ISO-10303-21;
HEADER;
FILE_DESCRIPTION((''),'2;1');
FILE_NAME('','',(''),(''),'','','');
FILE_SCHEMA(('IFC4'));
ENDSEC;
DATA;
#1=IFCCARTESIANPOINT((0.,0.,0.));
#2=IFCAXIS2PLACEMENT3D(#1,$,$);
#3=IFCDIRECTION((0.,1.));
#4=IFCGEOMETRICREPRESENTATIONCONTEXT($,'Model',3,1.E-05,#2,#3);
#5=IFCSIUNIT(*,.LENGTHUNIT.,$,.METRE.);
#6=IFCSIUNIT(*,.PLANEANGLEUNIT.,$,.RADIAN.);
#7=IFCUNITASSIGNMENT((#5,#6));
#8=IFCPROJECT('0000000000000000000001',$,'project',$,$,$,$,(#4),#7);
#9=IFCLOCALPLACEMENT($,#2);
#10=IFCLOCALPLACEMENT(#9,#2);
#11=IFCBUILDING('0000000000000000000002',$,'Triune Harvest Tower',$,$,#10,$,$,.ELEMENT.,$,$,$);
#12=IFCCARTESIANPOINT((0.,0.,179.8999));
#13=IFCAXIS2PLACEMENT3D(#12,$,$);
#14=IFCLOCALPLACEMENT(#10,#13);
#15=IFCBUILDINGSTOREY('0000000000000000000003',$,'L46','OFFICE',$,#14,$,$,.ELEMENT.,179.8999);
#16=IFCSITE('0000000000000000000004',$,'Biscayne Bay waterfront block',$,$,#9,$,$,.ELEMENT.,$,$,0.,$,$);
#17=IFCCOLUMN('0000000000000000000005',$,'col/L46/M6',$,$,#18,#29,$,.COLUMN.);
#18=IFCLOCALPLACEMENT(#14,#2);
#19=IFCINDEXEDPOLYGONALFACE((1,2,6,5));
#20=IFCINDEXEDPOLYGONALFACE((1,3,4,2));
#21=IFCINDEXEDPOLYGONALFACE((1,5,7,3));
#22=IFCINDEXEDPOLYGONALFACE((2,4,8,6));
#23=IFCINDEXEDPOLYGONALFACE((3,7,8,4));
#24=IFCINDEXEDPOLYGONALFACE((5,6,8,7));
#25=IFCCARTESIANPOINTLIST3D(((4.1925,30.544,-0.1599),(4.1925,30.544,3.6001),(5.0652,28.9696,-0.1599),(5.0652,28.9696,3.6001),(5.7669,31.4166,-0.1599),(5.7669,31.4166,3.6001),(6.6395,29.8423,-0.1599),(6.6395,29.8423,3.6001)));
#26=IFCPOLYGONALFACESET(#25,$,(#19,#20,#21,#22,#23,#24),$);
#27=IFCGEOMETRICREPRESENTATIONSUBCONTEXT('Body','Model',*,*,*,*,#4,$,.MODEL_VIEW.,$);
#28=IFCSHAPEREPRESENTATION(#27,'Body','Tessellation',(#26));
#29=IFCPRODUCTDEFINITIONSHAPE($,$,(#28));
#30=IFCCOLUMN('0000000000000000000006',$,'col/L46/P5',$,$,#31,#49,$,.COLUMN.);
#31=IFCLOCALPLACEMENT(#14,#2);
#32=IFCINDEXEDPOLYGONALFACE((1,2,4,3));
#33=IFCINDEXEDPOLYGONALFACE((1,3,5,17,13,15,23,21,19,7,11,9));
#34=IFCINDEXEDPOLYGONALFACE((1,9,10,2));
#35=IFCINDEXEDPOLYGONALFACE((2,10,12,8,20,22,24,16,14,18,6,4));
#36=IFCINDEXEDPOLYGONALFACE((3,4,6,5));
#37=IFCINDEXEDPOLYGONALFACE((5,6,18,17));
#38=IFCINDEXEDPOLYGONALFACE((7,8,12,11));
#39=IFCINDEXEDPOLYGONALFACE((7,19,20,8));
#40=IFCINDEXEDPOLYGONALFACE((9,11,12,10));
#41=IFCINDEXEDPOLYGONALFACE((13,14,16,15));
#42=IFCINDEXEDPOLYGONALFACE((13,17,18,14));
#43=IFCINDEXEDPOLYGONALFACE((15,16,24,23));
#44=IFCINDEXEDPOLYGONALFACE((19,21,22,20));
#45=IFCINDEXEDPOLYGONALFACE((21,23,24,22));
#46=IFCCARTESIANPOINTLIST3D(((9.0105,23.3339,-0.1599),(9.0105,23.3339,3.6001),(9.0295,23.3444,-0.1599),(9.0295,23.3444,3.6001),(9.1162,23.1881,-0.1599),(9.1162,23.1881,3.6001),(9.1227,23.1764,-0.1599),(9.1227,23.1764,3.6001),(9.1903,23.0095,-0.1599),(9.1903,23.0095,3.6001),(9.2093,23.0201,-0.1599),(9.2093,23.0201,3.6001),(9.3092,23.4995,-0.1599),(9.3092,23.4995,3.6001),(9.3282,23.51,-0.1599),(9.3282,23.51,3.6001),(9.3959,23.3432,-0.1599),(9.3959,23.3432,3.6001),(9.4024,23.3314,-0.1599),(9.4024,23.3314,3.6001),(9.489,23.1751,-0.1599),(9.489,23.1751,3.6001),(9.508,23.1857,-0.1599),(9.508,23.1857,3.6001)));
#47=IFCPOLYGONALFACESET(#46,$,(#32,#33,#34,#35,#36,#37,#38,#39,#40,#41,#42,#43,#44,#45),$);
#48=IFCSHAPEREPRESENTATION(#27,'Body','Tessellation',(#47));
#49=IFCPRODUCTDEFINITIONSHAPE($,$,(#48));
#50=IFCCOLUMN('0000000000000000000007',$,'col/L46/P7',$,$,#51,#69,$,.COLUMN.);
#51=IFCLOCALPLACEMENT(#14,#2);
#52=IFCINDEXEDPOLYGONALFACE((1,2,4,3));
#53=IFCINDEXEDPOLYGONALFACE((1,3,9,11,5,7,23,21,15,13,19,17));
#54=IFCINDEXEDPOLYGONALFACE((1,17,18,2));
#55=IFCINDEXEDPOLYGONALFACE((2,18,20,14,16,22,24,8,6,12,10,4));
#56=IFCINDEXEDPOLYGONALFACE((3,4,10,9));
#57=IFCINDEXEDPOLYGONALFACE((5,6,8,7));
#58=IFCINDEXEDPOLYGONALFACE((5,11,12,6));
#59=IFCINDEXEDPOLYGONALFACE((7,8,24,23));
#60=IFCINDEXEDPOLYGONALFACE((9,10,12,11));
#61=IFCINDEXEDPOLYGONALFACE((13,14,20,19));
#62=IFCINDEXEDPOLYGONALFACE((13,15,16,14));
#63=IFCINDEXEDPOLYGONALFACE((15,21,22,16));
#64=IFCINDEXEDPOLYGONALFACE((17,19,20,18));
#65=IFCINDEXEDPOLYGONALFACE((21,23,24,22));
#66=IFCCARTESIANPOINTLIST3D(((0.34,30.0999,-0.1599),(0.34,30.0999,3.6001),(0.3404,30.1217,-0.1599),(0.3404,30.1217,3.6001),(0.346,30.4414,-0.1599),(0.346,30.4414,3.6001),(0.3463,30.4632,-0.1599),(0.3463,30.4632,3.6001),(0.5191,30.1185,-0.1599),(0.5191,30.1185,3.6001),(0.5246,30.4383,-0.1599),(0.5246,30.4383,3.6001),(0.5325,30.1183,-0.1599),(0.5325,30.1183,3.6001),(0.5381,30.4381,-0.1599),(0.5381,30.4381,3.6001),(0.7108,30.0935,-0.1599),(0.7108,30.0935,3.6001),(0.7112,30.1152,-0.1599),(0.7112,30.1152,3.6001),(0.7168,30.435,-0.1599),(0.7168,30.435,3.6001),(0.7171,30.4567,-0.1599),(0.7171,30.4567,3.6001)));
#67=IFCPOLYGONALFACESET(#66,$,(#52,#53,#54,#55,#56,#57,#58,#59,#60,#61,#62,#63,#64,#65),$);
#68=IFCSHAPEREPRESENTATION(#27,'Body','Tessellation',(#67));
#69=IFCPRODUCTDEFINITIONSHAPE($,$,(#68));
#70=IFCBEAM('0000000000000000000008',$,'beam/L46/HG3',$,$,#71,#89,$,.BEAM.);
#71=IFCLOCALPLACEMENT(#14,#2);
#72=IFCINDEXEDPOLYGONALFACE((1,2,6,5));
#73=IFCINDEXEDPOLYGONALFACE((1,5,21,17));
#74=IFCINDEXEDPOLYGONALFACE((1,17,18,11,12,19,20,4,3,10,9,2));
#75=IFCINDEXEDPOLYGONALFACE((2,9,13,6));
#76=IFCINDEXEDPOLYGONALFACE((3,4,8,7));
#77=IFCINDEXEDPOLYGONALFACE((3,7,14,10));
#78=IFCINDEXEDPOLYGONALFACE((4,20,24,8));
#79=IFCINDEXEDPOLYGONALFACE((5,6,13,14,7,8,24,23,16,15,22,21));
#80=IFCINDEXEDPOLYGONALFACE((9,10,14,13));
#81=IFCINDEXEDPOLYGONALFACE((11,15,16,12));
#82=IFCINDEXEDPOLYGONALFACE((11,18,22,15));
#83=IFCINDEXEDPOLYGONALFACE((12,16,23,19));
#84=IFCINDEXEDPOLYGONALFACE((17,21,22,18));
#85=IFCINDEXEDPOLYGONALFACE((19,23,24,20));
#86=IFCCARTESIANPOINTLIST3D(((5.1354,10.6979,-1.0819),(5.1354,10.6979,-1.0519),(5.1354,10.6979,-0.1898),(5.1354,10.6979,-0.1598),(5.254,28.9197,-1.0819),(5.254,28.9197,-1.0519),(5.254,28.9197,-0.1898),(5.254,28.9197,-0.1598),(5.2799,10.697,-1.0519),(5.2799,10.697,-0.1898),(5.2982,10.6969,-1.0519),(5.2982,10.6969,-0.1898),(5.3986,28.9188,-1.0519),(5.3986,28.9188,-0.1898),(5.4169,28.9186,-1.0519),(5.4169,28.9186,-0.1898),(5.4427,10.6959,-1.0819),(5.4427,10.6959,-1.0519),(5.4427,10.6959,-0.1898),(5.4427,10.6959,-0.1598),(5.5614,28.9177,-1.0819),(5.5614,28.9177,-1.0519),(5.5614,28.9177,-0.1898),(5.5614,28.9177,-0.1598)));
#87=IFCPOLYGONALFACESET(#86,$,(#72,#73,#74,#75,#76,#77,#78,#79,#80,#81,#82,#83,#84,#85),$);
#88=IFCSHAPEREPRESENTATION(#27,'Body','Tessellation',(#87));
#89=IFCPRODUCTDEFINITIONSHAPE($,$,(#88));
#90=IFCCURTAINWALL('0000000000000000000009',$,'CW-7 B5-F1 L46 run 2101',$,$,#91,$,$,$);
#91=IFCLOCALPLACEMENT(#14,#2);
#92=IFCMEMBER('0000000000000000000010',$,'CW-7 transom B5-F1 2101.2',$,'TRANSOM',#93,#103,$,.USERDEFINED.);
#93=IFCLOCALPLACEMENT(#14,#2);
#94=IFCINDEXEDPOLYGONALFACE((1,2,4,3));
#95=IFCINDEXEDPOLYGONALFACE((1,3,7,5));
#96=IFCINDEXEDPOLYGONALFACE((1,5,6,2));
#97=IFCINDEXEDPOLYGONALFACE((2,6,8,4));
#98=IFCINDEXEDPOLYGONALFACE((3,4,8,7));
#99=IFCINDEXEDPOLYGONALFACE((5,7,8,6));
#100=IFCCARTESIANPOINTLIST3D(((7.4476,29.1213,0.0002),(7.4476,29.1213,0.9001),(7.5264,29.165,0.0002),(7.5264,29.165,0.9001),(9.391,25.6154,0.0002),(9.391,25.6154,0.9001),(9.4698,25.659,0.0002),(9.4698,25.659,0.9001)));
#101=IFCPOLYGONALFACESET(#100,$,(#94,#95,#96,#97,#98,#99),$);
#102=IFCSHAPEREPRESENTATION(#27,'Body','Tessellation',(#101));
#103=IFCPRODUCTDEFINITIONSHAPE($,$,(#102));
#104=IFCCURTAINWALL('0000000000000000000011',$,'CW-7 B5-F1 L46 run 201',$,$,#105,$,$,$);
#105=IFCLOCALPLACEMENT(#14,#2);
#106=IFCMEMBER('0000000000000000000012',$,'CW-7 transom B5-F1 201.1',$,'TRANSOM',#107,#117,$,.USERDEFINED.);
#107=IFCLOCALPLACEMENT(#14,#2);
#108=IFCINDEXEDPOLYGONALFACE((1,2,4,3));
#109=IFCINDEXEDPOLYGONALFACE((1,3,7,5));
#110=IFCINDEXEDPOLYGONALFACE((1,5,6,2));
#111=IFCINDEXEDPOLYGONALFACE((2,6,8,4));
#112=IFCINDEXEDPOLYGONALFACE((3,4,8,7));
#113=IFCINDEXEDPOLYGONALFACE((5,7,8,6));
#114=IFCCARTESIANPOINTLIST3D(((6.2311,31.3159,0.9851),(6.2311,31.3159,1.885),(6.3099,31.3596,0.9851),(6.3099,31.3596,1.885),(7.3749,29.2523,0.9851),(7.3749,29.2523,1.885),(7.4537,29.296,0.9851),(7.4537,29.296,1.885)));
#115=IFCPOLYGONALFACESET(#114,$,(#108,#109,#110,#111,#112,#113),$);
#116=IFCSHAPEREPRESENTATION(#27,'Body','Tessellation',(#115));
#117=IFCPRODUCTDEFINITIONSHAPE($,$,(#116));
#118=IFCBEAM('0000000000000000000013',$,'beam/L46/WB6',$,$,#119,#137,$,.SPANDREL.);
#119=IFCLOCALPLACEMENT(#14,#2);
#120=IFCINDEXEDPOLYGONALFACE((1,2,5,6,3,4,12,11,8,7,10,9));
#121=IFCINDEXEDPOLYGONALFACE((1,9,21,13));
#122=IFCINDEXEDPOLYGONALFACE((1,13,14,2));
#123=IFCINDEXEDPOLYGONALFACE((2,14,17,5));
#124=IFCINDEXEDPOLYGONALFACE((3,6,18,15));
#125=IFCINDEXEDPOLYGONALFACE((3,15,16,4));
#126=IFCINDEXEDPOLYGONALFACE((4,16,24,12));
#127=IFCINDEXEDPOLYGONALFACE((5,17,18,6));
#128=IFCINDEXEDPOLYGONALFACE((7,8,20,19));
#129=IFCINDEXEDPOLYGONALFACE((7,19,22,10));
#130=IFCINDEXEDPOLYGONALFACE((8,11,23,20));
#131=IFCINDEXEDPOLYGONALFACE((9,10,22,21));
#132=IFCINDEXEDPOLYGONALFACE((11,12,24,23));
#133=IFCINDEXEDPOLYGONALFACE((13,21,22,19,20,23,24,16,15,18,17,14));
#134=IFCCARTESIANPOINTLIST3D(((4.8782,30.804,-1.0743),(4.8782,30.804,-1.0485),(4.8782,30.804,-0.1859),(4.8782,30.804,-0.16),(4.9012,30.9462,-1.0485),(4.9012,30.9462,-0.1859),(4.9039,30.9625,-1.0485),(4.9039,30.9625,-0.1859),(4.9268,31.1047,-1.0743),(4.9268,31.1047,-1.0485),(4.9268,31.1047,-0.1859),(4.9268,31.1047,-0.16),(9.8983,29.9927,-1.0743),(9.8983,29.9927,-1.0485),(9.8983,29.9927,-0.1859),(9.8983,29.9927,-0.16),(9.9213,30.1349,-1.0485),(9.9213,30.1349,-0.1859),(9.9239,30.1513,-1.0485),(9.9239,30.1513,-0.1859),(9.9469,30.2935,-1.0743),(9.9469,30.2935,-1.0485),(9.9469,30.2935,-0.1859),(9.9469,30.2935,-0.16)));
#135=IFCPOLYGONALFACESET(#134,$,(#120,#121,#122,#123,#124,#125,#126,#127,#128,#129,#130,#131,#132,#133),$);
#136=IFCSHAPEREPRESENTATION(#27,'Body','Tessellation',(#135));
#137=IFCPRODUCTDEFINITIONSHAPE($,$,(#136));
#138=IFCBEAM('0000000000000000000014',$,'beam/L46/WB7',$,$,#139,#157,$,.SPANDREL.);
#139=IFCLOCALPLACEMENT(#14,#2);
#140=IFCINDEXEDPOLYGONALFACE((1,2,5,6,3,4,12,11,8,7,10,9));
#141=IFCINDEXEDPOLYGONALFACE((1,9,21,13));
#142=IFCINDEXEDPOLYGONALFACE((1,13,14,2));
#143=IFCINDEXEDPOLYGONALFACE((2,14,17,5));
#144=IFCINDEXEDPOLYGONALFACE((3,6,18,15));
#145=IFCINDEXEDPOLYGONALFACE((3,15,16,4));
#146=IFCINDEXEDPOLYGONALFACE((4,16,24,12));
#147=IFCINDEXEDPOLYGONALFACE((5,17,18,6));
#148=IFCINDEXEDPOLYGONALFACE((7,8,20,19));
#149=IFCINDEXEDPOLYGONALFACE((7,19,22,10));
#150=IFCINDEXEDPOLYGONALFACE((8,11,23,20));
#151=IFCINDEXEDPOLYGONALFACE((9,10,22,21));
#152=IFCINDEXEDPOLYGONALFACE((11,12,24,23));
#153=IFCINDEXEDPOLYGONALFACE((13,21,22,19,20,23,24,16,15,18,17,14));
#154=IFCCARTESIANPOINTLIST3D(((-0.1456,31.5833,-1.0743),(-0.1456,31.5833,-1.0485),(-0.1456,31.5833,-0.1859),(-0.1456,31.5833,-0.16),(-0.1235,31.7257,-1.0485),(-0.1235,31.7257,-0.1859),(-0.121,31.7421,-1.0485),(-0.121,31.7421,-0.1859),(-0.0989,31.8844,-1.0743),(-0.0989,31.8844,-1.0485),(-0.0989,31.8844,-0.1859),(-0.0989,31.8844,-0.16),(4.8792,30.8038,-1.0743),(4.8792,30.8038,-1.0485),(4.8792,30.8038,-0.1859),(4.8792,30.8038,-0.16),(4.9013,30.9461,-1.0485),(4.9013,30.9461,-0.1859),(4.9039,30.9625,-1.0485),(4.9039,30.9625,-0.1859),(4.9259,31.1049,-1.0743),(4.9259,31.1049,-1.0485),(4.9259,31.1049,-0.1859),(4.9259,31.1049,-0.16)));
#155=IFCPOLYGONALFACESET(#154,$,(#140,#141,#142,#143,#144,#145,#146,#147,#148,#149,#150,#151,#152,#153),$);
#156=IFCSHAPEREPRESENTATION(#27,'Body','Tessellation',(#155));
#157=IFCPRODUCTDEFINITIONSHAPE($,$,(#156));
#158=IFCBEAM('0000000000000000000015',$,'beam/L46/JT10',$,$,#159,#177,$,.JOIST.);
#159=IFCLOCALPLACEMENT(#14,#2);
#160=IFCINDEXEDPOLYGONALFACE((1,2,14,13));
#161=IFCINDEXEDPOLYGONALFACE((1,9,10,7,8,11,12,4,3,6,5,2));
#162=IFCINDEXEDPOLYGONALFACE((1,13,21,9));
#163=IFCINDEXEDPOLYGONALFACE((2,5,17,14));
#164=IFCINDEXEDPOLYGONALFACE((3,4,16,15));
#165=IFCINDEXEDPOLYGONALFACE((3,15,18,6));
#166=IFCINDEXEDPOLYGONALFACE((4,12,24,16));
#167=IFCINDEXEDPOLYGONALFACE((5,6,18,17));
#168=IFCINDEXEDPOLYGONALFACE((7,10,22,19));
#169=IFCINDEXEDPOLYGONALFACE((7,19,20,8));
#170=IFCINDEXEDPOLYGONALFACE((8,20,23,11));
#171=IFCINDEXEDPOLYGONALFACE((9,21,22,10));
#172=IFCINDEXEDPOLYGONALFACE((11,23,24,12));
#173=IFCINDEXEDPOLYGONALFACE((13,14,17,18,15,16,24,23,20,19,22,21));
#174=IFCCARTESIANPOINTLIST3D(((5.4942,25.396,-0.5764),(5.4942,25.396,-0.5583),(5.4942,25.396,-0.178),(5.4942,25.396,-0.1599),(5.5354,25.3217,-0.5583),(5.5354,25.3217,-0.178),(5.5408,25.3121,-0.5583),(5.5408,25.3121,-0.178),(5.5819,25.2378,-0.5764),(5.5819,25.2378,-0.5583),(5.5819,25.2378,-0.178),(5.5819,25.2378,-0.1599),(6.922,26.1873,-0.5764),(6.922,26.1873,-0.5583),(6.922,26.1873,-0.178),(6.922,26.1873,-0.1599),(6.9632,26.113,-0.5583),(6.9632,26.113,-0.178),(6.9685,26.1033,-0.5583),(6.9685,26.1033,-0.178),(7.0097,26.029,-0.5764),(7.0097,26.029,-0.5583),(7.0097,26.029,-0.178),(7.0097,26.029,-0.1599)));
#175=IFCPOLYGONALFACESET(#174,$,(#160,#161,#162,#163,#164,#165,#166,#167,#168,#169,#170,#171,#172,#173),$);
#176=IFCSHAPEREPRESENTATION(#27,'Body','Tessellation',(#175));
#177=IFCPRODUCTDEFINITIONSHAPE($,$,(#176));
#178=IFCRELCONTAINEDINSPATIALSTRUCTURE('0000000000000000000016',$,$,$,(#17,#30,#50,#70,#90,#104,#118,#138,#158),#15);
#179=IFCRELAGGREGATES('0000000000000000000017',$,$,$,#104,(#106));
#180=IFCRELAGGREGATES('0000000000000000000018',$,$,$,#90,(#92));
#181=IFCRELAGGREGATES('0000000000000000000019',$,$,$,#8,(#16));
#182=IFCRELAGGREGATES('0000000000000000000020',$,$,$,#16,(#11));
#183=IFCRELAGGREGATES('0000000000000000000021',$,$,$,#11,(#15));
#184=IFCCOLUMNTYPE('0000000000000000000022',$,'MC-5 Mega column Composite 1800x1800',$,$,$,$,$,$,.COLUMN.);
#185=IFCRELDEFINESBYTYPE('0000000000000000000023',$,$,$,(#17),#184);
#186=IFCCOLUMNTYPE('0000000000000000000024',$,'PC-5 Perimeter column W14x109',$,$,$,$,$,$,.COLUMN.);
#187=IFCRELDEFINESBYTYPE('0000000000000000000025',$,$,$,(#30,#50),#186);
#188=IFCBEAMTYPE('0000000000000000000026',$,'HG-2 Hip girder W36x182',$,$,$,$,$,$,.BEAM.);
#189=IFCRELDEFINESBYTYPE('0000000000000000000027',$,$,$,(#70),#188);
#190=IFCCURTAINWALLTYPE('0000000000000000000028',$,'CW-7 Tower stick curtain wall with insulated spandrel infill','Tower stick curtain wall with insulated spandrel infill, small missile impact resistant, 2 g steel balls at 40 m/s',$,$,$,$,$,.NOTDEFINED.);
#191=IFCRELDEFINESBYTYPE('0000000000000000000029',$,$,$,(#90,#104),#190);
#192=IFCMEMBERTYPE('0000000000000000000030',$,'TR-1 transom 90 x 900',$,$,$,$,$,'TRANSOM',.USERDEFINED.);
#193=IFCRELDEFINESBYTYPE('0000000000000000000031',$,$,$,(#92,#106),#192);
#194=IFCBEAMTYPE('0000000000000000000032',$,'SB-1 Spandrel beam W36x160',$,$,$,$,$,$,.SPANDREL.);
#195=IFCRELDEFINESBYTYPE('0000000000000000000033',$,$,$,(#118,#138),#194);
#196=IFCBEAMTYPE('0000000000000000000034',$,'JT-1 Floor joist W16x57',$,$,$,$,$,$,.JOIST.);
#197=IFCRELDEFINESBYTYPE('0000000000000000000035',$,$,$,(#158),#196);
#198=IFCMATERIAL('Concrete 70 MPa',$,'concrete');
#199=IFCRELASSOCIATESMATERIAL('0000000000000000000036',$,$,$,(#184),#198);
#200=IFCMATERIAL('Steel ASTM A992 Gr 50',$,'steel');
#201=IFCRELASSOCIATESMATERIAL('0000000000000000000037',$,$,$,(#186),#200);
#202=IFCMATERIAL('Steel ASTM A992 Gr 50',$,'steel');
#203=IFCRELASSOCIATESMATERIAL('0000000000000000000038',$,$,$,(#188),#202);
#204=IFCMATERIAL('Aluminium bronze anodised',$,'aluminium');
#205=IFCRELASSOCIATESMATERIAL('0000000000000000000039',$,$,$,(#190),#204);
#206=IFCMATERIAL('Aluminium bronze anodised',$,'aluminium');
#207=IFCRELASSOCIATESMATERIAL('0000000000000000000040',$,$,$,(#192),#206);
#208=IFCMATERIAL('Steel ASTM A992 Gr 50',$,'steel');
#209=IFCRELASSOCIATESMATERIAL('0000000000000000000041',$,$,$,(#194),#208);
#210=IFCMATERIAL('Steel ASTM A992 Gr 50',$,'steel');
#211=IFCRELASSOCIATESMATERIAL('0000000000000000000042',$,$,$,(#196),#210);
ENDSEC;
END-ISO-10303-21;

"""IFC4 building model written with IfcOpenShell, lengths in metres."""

from ifc_helpers import new_model, si_unit, direction, frame, origin, origin_2d, place, context, subcontext, project, spatial, rectangle, i_section, extrude, source, transform, mapped, material, material_profile, profile_set, type_object, element, aggregate, save


model = new_model("IFC4")

# Units and contexts
model_context = context("Model", 3, precision=1e-05, world=origin(), true_north=direction((0.0, 1.0)))
body_context = subcontext(model_context, "Body", "Model", "MODEL_VIEW")
ifc_project = project(units=[si_unit("LENGTHUNIT", "METRE"), si_unit("PLANEANGLEUNIT", "RADIAN")], contexts=[model_context])

# Site, building, storey
site_placement = place(None, origin())
site = spatial("IfcSite", under=ifc_project, at=site_placement, Name="Biscayne Bay waterfront block", CompositionType="ELEMENT", RefElevation=0.0)
building_placement = place(site_placement, origin())
building = spatial("IfcBuilding", under=site, at=building_placement, Name="Triune Harvest Tower", CompositionType="ELEMENT")
storey_placement = place(building_placement, frame((0.0, 0.0, 179.8999)))
storey = spatial("IfcBuildingStorey", under=building, at=storey_placement, Name="L46", Description="OFFICE", CompositionType="ELEMENT", Elevation=179.8999)

# Columns
ifc_material_1 = material(Name="Concrete 70 MPa", Category="concrete")
ifc_material_profile_1 = material_profile(ifc_material_1, rectangle(XDim=1.8, YDim=1.8, at=origin_2d()), Name="Composite 1800x1800")
ifc_profile_set_1 = profile_set([ifc_material_profile_1], Name="Concrete 70 MPa")
column_type_1 = type_object("IfcColumnType", Name="MC-5 Mega column Composite 1800x1800", PredefinedType="COLUMN", material=ifc_profile_set_1)
shared_shape_1 = source(origin(), body_context, "Body", "SweptSolid", [
    extrude(rectangle(XDim=1.8, YDim=1.8, at=origin_2d()), origin(), (0.0, 0.0, 1.0), 3.76),
])
column_placement = place(storey_placement, frame((5.416, 30.1931, -0.1599), z_axis=(0.0, 0.0, 1.0), x_axis=(-0.48481, 0.87462, 0.0)))
element("IfcColumn", 1, at=column_placement, inside=storey, type_object=column_type_1, Name="col/L46/M6", PredefinedType="COLUMN", context=body_context, shape_type="MappedRepresentation", body=[
    mapped(shared_shape_1, transform((0.0, 0.0, 0.0), scale=1.0)),
])
ifc_material_2 = material(Name="Steel ASTM A992 Gr 50", Category="steel")
ifc_material_profile_2 = material_profile(ifc_material_2, i_section(OverallWidth=0.3708, OverallDepth=0.3633, WebThickness=0.0134, FlangeThickness=0.0217, at=origin_2d()), Name="W14x109")
ifc_profile_set_2 = profile_set([ifc_material_profile_2], Name="Steel ASTM A992 Gr 50")
column_type_2 = type_object("IfcColumnType", Name="PC-5 Perimeter column W14x109", PredefinedType="COLUMN", material=ifc_profile_set_2)
shared_shape_2 = source(origin(), body_context, "Body", "SweptSolid", [
    extrude(i_section(OverallWidth=0.3708, OverallDepth=0.3633, WebThickness=0.0134, FlangeThickness=0.0217, at=origin_2d()), origin(), (0.0, 0.0, 1.0), 3.76),
])
for number, where, z_axis, x_axis, name in (
    (2, (9.2593, 23.2598, -0.1599), (0.0, 0.0, 1.0), (-0.48481, 0.87462, 0.0), "col/L46/P5"),
    (3, (0.5286, 30.2783, -0.1599), (0.0, 0.0, 1.0), (-0.999848, 0.017451, 0.0), "col/L46/P7"),
):
    element("IfcColumn", number, at=place(storey_placement, frame(where, z_axis=z_axis, x_axis=x_axis)), inside=storey, type_object=column_type_2, Name=name, PredefinedType="COLUMN", context=body_context, shape_type="MappedRepresentation", body=[
        mapped(shared_shape_2, transform((0.0, 0.0, 0.0), scale=1.0)),
    ])

# Beam
ifc_material_3 = material(Name="Steel ASTM A992 Gr 50", Category="steel")
ifc_material_profile_3 = material_profile(ifc_material_3, i_section(OverallWidth=0.3074, OverallDepth=0.9221, WebThickness=0.0183, FlangeThickness=0.03, at=origin_2d()), Name="W36x182")
ifc_profile_set_3 = profile_set([ifc_material_profile_3], Name="Steel ASTM A992 Gr 50")
beam_type_1 = type_object("IfcBeamType", Name="HG-2 Hip girder W36x182", PredefinedType="BEAM", material=ifc_profile_set_3)
beam_1_placement = place(storey_placement, frame((5.4077, 28.9187, -0.6208), z_axis=(-0.006511, -0.999979, 0.0), x_axis=(0.999979, -0.006511, 0.0)))
element("IfcBeam", 4, at=beam_1_placement, inside=storey, type_object=beam_type_1, Name="beam/L46/HG3", PredefinedType="BEAM", context=body_context, shape_type="SweptSolid", body=[
    extrude(i_section(OverallWidth=0.3074, OverallDepth=0.9221, WebThickness=0.0183, FlangeThickness=0.03, at=origin_2d()), origin(), (0.0, 0.0, 1.0), 18.2222),
])

# Curtain walls, members
ifc_material_4 = material(Name="Aluminium bronze anodised", Category="aluminium")
curtain_wall_type_1 = type_object("IfcCurtainWallType", Name="CW-7 Tower stick curtain wall with insulated spandrel infill", Description="Tower stick curtain wall with insulated spandrel infill, small missile impact resistant, 2 g steel balls at 40 m/s", PredefinedType="NOTDEFINED", material=ifc_material_4)
curtain_wall_1_placement = place(storey_placement, origin())
curtain_wall_1 = element("IfcCurtainWall", 5, at=curtain_wall_1_placement, inside=storey, type_object=curtain_wall_type_1, Name="CW-7 B5-F1 L46 run 2101")
ifc_material_5 = material(Name="Aluminium bronze anodised", Category="aluminium")
ifc_material_profile_4 = material_profile(ifc_material_5, rectangle(XDim=0.0901, YDim=0.8999, at=origin_2d()), Name="TR-1 transom 90 x 900")
ifc_profile_set_4 = profile_set([ifc_material_profile_4], Name="Aluminium bronze anodised")
member_type_1 = type_object("IfcMemberType", Name="TR-1 transom 90 x 900", ElementType="TRANSOM", PredefinedType="USERDEFINED", material=ifc_profile_set_4)
member_1_placement = place(storey_placement, frame((9.4304, 25.6372, 0.4502), z_axis=(-0.484815, 0.874617, 0.0), x_axis=(-0.874617, -0.484815, 0.0)))
member_1 = element("IfcMember", 6, at=member_1_placement, type_object=member_type_1, Name="CW-7 transom B5-F1 2101.2", ObjectType="TRANSOM", PredefinedType="USERDEFINED", context=body_context, shape_type="SweptSolid", body=[
    extrude(rectangle(XDim=0.0901, YDim=0.8999, at=origin_2d()), origin(), (0.0, 0.0, 1.0), 4.0085),
])
curtain_wall_2_placement = place(storey_placement, origin())
curtain_wall_2 = element("IfcCurtainWall", 7, at=curtain_wall_2_placement, inside=storey, type_object=curtain_wall_type_1, Name="CW-7 B5-F1 L46 run 201")
member_2_placement = place(storey_placement, frame((7.4143, 29.2742, 1.4351), z_axis=(-0.484808, 0.874621, 0.0), x_axis=(-0.874621, -0.484808, 0.0)))
member_2 = element("IfcMember", 8, at=member_2_placement, type_object=member_type_1, Name="CW-7 transom B5-F1 201.1", ObjectType="TRANSOM", PredefinedType="USERDEFINED", context=body_context, shape_type="SweptSolid", body=[
    extrude(rectangle(XDim=0.0901, YDim=0.8999, at=origin_2d()), origin(), (0.0, 0.0, 1.0), 2.3594),
])

# Beams
ifc_material_6 = material(Name="Steel ASTM A992 Gr 50", Category="steel")
ifc_material_profile_5 = material_profile(ifc_material_6, i_section(OverallWidth=0.3047, OverallDepth=0.9143, WebThickness=0.0166, FlangeThickness=0.0259, at=origin_2d()), Name="W36x160")
ifc_profile_set_5 = profile_set([ifc_material_profile_5], Name="Steel ASTM A992 Gr 50")
beam_type_2 = type_object("IfcBeamType", Name="SB-1 Spandrel beam W36x160", PredefinedType="SPANDREL", material=ifc_profile_set_5)
shared_shape_3 = source(origin(), body_context, "Body", "SweptSolid", [
    extrude(i_section(OverallWidth=0.3047, OverallDepth=0.9143, WebThickness=0.0166, FlangeThickness=0.0259, at=origin_2d()), origin(), (0.0, 0.0, 1.0), 5.0852),
])
beam_2_placement = place(storey_placement, frame((9.9226, 30.1431, -0.6172), z_axis=(-0.987192, 0.159539, 0.0), x_axis=(-0.159539, -0.987192, 0.0)))
element("IfcBeam", 9, at=beam_2_placement, inside=storey, type_object=beam_type_2, Name="beam/L46/WB6", PredefinedType="SPANDREL", context=body_context, shape_type="MappedRepresentation", body=[
    mapped(shared_shape_3, transform((0.0, 0.0, 0.0), scale=1.0)),
])
shared_shape_4 = source(origin(), body_context, "Body", "SweptSolid", [
    extrude(i_section(OverallWidth=0.3047, OverallDepth=0.9143, WebThickness=0.0166, FlangeThickness=0.0259, at=origin_2d()), origin(), (0.0, 0.0, 1.0), 5.085),
])
beam_3_placement = place(storey_placement, frame((4.9026, 30.9543, -0.6172), z_axis=(-0.988179, 0.153302, 0.0), x_axis=(-0.153302, -0.988179, 0.0)))
element("IfcBeam", 10, at=beam_3_placement, inside=storey, type_object=beam_type_2, Name="beam/L46/WB7", PredefinedType="SPANDREL", context=body_context, shape_type="MappedRepresentation", body=[
    mapped(shared_shape_4, transform((0.0, 0.0, 0.0), scale=1.0)),
])
ifc_material_7 = material(Name="Steel ASTM A992 Gr 50", Category="steel")
ifc_material_profile_6 = material_profile(ifc_material_7, i_section(OverallWidth=0.1809, OverallDepth=0.4165, WebThickness=0.011, FlangeThickness=0.0181, at=origin_2d()), Name="W16x57")
ifc_profile_set_6 = profile_set([ifc_material_profile_6], Name="Steel ASTM A992 Gr 50")
beam_type_3 = type_object("IfcBeamType", Name="JT-1 Floor joist W16x57", PredefinedType="JOIST", material=ifc_profile_set_6)
shared_shape_5 = source(origin(), body_context, "Body", "SweptSolid", [
    extrude(i_section(OverallWidth=0.1809, OverallDepth=0.4165, WebThickness=0.011, FlangeThickness=0.0181, at=origin_2d()), origin(), (0.0, 0.0, 1.0), 1.6323),
])
beam_4_placement = place(storey_placement, frame((6.9658, 26.1082, -0.3682), z_axis=(-0.874658, -0.484741, 0.0), x_axis=(0.484741, -0.874658, 0.0)))
element("IfcBeam", 11, at=beam_4_placement, inside=storey, type_object=beam_type_3, Name="beam/L46/JT10", PredefinedType="JOIST", context=body_context, shape_type="MappedRepresentation", body=[
    mapped(shared_shape_5, transform((0.0, 0.0, 0.0), scale=1.0)),
])

aggregate(curtain_wall_2, [member_2])
aggregate(curtain_wall_1, [member_1])

save(model, "model.ifc")
